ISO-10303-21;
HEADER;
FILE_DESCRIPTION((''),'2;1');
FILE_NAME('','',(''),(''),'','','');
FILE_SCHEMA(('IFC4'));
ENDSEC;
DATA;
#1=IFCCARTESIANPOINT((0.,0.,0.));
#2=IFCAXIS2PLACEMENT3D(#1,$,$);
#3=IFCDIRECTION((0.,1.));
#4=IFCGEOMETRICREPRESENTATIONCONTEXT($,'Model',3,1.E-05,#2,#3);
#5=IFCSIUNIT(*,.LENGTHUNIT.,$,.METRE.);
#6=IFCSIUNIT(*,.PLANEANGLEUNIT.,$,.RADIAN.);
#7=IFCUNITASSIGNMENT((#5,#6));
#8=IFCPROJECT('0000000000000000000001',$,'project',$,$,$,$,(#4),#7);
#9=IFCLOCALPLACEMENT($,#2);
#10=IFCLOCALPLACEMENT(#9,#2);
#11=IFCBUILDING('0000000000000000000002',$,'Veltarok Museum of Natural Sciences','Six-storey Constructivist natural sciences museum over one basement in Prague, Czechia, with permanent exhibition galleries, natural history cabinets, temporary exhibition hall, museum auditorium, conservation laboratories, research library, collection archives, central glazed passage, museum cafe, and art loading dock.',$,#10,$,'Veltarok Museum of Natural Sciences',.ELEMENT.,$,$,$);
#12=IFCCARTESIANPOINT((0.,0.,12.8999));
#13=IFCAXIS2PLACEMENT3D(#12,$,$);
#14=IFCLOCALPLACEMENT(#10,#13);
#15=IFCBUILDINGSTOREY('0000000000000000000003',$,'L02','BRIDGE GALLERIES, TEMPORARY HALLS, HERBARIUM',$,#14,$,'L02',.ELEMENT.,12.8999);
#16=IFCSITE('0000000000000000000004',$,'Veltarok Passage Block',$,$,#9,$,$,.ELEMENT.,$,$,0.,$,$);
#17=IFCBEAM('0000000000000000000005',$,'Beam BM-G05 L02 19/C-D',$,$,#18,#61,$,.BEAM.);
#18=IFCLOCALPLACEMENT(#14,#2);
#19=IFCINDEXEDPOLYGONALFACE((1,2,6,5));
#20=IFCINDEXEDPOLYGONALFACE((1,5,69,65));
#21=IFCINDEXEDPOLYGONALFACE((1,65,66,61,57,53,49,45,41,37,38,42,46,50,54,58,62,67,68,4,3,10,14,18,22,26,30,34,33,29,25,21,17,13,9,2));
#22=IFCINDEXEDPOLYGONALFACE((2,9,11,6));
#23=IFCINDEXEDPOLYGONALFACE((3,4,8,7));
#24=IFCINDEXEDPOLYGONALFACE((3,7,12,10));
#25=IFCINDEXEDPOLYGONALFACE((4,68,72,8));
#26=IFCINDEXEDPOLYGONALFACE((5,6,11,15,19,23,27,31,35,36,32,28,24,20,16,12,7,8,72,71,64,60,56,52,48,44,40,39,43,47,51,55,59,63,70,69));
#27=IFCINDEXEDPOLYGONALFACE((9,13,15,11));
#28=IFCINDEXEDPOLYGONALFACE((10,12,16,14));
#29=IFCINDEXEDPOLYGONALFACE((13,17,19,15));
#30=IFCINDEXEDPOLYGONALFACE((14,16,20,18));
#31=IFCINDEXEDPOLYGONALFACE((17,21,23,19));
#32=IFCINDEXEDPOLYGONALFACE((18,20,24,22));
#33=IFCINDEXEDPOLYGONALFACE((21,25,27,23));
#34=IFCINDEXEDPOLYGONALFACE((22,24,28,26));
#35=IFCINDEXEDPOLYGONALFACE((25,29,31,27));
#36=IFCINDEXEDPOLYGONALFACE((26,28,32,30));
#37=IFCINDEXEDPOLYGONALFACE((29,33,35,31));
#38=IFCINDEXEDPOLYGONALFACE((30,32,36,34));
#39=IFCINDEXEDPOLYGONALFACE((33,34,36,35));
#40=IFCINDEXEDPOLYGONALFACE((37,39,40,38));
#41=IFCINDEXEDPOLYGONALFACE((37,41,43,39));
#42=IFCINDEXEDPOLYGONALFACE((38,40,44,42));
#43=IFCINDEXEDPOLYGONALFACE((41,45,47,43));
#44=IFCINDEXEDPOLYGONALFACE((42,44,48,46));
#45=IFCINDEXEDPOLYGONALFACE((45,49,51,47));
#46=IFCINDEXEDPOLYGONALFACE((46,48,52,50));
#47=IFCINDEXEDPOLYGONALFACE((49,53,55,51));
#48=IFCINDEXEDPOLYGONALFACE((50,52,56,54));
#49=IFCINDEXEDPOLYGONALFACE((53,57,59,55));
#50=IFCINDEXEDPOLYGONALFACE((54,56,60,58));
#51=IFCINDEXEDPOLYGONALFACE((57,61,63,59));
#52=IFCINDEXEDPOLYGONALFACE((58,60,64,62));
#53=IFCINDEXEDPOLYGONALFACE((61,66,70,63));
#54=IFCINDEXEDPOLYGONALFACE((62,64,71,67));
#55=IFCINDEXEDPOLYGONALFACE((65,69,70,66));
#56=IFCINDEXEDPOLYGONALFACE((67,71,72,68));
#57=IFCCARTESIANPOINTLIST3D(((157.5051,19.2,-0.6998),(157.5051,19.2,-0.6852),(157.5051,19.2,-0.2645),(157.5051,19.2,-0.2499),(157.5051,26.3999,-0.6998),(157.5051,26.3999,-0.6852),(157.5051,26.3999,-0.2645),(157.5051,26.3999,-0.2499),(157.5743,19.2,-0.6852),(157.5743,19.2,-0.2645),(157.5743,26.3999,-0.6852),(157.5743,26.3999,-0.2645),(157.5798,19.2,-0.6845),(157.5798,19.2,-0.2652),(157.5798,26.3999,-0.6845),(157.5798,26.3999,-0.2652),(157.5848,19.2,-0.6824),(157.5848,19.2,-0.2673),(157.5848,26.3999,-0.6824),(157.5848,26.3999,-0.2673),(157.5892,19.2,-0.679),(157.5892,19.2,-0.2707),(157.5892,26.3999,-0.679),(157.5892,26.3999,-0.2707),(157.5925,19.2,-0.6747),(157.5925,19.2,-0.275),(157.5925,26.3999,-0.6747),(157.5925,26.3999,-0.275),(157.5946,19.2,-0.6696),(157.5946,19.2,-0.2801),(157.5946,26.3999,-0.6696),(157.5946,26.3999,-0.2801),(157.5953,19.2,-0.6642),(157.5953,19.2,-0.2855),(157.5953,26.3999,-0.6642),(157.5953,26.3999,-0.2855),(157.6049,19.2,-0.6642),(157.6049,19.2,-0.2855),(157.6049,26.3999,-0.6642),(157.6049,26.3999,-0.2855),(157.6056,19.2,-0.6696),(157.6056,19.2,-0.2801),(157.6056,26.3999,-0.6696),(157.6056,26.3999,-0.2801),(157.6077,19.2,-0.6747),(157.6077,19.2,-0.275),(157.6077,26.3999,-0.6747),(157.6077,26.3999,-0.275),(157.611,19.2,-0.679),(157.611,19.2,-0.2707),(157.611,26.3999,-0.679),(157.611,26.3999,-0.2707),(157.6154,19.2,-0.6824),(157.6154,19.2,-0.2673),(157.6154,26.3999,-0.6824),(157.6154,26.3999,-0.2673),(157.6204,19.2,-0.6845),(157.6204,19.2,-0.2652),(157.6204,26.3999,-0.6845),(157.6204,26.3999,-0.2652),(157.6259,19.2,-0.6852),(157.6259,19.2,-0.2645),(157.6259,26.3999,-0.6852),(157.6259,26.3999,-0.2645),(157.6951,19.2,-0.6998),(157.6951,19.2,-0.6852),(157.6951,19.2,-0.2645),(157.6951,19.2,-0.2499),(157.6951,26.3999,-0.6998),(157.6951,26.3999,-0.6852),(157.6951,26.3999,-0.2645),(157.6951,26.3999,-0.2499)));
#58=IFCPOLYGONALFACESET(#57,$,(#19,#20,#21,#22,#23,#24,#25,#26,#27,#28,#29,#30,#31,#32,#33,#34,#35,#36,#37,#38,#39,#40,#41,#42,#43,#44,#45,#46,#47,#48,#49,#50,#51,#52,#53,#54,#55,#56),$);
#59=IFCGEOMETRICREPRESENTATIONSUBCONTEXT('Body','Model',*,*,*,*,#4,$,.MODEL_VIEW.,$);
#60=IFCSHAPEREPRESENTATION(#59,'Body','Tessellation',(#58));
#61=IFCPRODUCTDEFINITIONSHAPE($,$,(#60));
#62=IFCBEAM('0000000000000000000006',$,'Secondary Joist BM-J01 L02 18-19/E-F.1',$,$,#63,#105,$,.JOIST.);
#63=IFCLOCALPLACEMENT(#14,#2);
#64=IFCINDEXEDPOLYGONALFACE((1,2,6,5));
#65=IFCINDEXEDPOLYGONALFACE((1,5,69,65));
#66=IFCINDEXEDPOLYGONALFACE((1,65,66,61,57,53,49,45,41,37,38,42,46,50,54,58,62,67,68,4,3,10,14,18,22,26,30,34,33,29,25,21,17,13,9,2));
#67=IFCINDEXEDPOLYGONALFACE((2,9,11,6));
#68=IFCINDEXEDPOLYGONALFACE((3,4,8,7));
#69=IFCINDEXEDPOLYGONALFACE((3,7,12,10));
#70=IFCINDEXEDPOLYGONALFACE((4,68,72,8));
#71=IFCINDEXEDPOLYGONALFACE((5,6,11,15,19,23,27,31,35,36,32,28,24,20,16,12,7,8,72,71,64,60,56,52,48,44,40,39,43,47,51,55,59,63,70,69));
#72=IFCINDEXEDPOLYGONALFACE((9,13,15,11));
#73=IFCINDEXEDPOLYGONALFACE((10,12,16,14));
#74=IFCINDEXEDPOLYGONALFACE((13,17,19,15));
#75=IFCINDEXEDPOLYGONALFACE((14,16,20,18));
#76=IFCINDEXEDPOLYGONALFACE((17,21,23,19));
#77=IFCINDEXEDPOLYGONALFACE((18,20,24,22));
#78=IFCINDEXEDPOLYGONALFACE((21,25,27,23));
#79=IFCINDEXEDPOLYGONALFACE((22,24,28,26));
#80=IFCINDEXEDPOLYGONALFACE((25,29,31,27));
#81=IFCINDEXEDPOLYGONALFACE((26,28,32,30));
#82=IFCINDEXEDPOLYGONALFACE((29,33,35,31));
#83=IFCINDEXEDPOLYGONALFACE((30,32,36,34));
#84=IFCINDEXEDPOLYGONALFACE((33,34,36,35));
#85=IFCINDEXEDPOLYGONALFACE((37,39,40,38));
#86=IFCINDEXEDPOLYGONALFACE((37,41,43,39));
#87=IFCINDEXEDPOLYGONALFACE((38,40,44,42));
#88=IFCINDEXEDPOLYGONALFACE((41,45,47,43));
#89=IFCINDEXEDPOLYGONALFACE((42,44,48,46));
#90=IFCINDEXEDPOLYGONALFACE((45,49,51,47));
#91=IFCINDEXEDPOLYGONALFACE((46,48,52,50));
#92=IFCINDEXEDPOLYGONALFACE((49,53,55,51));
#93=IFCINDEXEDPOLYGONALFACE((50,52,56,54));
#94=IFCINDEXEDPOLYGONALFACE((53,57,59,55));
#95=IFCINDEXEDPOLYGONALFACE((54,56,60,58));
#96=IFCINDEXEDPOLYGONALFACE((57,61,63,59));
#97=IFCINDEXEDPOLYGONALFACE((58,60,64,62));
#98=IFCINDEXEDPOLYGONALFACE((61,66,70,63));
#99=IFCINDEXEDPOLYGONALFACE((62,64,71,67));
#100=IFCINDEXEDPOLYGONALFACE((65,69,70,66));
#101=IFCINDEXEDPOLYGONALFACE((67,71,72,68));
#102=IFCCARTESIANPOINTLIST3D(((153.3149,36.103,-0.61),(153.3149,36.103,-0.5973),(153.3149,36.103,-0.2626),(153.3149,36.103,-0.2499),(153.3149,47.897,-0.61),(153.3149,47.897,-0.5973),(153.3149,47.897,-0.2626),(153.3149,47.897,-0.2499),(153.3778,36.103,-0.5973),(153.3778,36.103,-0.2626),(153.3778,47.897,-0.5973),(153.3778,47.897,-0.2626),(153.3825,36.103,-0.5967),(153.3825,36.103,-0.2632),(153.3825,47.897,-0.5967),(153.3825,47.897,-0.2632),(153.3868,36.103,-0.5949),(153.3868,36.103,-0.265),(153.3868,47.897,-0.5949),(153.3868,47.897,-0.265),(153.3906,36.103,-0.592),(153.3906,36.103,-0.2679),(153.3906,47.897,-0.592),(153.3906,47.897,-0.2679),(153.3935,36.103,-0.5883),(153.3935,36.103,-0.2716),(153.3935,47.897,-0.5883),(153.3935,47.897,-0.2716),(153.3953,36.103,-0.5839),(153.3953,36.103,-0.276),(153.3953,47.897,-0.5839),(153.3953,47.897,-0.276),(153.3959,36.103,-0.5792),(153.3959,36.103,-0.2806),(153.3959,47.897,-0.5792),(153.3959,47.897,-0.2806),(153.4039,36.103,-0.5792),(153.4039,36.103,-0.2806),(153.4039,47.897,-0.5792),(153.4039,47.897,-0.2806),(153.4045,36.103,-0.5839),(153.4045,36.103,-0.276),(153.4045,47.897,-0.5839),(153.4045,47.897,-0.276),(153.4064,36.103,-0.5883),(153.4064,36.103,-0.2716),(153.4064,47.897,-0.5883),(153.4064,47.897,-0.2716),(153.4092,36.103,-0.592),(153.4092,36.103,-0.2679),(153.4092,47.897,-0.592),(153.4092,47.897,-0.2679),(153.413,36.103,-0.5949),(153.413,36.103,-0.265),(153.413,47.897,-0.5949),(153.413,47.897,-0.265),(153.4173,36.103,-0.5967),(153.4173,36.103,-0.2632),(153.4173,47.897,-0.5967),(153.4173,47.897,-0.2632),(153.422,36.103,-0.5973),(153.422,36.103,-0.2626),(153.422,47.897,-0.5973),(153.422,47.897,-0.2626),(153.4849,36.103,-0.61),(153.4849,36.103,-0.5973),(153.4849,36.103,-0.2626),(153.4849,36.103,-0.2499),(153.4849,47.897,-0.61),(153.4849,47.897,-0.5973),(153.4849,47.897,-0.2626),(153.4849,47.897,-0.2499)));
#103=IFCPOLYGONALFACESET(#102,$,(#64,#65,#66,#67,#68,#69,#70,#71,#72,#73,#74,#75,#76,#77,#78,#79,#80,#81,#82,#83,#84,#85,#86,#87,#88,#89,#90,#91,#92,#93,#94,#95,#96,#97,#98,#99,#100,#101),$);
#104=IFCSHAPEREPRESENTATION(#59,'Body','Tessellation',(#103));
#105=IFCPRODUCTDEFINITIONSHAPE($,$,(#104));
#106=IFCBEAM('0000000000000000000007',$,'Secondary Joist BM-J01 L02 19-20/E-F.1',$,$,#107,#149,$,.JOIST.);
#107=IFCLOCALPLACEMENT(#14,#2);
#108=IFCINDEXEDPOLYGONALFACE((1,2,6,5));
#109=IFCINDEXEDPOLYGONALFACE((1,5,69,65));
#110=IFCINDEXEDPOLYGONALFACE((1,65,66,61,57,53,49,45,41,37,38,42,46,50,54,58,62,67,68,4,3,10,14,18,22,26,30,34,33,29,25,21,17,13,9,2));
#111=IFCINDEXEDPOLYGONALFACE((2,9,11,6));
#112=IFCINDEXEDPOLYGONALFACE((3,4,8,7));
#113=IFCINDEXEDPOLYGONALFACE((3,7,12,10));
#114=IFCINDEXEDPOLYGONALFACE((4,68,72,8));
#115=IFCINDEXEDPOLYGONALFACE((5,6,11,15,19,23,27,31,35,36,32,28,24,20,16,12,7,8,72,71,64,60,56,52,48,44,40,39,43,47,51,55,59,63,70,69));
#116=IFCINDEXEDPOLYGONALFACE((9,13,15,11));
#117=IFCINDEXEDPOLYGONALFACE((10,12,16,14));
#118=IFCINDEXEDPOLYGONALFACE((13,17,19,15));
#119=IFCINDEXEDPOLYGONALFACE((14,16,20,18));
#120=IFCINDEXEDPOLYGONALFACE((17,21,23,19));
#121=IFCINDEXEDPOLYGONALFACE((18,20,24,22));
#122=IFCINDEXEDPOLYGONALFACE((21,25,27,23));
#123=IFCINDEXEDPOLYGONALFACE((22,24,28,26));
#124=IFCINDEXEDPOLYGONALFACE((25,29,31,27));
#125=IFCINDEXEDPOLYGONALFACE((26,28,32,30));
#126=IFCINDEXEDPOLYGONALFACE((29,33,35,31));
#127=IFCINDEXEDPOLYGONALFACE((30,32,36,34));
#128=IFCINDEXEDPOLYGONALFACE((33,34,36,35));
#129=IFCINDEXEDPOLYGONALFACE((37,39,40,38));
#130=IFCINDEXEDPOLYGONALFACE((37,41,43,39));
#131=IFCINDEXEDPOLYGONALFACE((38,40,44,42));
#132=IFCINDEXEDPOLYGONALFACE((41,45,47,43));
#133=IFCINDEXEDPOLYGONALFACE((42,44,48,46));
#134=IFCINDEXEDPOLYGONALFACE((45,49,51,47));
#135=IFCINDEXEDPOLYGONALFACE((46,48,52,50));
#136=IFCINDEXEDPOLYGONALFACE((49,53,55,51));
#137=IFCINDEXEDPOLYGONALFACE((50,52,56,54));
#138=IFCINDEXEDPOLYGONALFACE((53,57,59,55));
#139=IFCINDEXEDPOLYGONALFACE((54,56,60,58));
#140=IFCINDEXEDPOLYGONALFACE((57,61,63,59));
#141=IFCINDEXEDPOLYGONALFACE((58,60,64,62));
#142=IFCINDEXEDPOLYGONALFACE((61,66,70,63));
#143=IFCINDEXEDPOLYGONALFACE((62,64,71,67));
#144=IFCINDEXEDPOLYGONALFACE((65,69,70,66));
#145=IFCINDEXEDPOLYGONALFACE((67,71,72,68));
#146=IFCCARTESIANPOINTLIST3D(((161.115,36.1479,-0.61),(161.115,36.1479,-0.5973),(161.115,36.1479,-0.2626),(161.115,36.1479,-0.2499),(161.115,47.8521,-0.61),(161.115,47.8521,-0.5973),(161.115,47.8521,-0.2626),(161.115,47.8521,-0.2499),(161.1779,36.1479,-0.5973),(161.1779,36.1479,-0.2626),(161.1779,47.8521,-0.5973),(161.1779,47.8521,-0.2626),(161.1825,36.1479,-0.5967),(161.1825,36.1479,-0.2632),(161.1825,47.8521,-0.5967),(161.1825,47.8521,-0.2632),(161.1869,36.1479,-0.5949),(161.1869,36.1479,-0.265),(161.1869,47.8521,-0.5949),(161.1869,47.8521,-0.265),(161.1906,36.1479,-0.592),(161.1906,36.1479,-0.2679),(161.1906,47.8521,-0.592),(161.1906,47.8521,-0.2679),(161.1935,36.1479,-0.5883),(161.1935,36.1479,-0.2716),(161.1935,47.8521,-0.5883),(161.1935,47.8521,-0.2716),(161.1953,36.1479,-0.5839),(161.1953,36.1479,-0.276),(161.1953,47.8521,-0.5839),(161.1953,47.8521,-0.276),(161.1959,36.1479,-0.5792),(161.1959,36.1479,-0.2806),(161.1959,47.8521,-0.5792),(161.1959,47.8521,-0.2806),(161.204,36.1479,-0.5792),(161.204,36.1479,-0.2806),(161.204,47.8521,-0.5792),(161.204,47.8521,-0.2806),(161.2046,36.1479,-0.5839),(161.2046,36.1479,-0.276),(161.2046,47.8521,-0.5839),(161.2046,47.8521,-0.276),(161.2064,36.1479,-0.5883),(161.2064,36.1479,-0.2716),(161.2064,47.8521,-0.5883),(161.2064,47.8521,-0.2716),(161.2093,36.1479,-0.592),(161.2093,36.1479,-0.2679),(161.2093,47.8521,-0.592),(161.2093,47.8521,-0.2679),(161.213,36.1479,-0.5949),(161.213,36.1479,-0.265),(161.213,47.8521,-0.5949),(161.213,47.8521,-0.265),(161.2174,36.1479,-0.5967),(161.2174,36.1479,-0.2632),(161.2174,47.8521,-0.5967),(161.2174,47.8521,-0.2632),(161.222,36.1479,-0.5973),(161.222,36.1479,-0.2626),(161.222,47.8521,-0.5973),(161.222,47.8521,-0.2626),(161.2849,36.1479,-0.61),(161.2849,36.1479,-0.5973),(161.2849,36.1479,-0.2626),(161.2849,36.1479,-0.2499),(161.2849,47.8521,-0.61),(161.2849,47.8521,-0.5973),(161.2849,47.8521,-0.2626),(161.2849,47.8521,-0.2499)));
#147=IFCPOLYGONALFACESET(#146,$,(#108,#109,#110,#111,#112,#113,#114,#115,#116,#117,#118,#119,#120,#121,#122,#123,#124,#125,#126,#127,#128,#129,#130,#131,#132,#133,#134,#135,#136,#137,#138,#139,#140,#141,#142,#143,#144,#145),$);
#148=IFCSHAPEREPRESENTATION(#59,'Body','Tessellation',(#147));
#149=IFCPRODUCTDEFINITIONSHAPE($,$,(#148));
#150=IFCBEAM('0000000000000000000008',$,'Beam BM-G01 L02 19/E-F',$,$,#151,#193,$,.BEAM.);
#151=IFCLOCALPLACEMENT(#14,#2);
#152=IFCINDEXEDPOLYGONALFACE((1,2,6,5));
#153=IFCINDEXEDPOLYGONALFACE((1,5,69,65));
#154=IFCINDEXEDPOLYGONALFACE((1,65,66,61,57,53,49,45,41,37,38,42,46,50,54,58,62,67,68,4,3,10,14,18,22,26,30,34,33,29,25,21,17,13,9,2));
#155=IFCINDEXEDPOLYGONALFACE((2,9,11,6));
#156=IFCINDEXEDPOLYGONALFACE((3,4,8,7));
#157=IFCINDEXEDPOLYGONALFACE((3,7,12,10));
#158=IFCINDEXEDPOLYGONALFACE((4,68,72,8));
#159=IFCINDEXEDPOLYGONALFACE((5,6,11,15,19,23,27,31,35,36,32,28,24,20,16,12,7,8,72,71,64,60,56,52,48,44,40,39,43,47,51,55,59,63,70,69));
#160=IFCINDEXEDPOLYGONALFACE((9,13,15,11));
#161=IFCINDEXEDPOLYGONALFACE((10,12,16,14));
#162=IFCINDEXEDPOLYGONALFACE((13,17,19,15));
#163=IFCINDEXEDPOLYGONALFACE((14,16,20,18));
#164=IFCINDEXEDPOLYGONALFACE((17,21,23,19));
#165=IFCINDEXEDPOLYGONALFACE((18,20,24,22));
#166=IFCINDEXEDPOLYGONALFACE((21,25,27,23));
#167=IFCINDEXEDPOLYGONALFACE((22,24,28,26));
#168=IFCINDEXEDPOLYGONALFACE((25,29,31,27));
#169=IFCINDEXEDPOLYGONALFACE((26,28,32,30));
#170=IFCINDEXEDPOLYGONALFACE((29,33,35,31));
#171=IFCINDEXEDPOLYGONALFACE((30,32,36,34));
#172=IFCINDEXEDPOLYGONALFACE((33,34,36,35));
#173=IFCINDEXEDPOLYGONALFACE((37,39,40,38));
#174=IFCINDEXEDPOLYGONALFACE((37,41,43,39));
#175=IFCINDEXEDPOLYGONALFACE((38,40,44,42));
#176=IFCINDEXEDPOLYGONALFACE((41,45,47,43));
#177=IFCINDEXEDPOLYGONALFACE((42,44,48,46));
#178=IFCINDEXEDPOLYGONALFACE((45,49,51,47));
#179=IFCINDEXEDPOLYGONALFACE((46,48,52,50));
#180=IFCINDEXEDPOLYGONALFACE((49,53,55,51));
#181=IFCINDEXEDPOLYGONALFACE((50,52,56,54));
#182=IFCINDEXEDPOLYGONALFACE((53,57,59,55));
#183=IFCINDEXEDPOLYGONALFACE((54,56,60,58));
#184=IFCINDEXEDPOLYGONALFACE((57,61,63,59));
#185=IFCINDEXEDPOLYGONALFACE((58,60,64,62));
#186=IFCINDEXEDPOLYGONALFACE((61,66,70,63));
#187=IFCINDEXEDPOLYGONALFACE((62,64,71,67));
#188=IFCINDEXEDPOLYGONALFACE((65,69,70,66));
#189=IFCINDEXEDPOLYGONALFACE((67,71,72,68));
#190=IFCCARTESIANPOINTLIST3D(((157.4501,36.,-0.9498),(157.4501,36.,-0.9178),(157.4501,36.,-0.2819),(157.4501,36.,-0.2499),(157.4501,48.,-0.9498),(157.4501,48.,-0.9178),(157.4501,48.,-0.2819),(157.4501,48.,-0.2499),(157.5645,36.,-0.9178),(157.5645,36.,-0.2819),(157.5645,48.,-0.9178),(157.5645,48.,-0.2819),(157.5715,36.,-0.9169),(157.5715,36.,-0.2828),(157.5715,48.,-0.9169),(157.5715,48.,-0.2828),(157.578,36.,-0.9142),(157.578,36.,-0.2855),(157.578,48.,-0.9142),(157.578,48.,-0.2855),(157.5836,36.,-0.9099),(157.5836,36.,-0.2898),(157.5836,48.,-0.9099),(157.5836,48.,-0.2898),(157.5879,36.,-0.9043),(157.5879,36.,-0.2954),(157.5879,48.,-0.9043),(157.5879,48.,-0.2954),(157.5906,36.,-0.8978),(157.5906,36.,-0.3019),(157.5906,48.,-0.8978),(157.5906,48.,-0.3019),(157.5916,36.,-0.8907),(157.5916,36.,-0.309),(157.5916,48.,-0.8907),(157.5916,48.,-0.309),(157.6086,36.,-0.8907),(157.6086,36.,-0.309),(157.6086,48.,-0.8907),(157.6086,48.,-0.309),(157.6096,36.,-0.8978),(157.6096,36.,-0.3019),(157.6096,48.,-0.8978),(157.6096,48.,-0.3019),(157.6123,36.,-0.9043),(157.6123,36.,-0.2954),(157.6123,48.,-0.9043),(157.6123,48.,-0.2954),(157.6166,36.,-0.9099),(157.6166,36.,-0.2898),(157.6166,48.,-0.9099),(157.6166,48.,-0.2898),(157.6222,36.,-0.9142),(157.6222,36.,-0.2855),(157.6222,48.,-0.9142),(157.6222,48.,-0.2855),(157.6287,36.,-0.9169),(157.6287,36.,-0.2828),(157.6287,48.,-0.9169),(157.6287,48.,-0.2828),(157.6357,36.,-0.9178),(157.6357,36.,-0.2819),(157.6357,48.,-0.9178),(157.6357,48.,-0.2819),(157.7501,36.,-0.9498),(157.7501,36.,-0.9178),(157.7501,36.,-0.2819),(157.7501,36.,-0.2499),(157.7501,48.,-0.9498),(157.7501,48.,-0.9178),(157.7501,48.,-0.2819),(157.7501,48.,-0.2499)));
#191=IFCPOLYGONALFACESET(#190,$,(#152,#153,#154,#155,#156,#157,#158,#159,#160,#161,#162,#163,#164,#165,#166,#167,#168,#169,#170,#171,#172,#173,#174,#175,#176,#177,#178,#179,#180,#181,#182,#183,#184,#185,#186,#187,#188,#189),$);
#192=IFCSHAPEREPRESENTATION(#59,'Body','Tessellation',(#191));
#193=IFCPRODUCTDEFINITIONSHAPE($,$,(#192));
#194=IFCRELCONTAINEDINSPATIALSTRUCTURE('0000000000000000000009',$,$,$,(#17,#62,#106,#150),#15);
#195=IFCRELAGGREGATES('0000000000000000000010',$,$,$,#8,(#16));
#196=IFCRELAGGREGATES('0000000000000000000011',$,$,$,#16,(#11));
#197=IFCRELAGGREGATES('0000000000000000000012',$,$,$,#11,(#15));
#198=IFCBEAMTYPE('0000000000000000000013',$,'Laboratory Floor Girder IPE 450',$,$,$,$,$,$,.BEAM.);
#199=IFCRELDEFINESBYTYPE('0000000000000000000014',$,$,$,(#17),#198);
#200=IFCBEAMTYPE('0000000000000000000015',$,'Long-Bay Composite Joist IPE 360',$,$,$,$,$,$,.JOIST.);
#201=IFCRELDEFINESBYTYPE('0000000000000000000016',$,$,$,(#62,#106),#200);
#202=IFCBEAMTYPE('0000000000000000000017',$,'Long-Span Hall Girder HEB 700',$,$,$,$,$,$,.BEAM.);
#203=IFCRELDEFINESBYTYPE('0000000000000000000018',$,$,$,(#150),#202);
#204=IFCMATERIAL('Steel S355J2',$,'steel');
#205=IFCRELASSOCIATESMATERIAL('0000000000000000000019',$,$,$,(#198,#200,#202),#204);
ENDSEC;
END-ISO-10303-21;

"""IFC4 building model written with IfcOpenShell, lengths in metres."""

from ifc_helpers import new_model, si_unit, direction, frame, origin, origin_2d, place, context, subcontext, project, spatial, i_section, extrude, material, material_profile, profile_set, type_object, element, save


model = new_model("IFC4")

# Units and contexts
model_context = context("Model", 3, precision=1e-05, world=origin(), true_north=direction((0.0, 1.0)))
body_context = subcontext(model_context, "Body", "Model", "MODEL_VIEW")
ifc_project = project(units=[si_unit("LENGTHUNIT", "METRE"), si_unit("PLANEANGLEUNIT", "RADIAN")], contexts=[model_context])

# Site, building, storey
site_placement = place(None, origin())
site = spatial("IfcSite", under=ifc_project, at=site_placement, Name="Veltarok Passage Block", CompositionType="ELEMENT", RefElevation=0.0)
building_placement = place(site_placement, origin())
building = spatial("IfcBuilding", under=site, at=building_placement, Name="Veltarok Museum of Natural Sciences", Description="Six-storey Constructivist natural sciences museum over one basement in Prague, Czechia, with permanent exhibition galleries, natural history cabinets, temporary exhibition hall, museum auditorium, conservation laboratories, research library, collection archives, central glazed passage, museum cafe, and art loading dock.", LongName="Veltarok Museum of Natural Sciences", CompositionType="ELEMENT")
storey_placement = place(building_placement, frame((0.0, 0.0, 12.8999)))
storey = spatial("IfcBuildingStorey", under=building, at=storey_placement, Name="L02", Description="BRIDGE GALLERIES, TEMPORARY HALLS, HERBARIUM", LongName="L02", CompositionType="ELEMENT", Elevation=12.8999)

# Beams
ifc_material_1 = material(Name="Steel S355J2", Category="steel")
ifc_material_profile_1 = material_profile(ifc_material_1, i_section(OverallWidth=0.1899, OverallDepth=0.45, WebThickness=0.0095, FlangeThickness=0.0146, FilletRadius=0.021, at=origin_2d()), Name="IPE 450")
ifc_profile_set_1 = profile_set([ifc_material_profile_1], Name="Steel S355J2")
beam_type_1 = type_object("IfcBeamType", Name="Laboratory Floor Girder IPE 450", PredefinedType="BEAM", material=ifc_profile_set_1)
beam_1_placement = place(storey_placement, frame((157.6001, 19.2, -0.4749), z_axis=(0.0, 1.0, 0.0), x_axis=(-1.0, 0.0, 0.0)))
element("IfcBeam", 1, at=beam_1_placement, inside=storey, type_object=beam_type_1, Name="Beam BM-G05 L02 19/C-D", PredefinedType="BEAM", context=body_context, shape_type="SweptSolid", body=[
    extrude(i_section(OverallWidth=0.1899, OverallDepth=0.45, WebThickness=0.0095, FlangeThickness=0.0146, FilletRadius=0.021, at=origin_2d()), origin(), (0.0, 0.0, 1.0), 7.2),
])
ifc_material_profile_2 = material_profile(ifc_material_1, i_section(OverallWidth=0.1699, OverallDepth=0.3601, WebThickness=0.0081, FlangeThickness=0.0127, FilletRadius=0.0181, at=origin_2d()), Name="IPE 360")
ifc_profile_set_2 = profile_set([ifc_material_profile_2], Name="Steel S355J2")
beam_type_2 = type_object("IfcBeamType", Name="Long-Bay Composite Joist IPE 360", PredefinedType="JOIST", material=ifc_profile_set_2)
beam_2_placement = place(storey_placement, frame((153.3999, 36.103, -0.4299), z_axis=(0.0, 1.0, 0.0), x_axis=(-1.0, 0.0, 0.0)))
element("IfcBeam", 2, at=beam_2_placement, inside=storey, type_object=beam_type_2, Name="Secondary Joist BM-J01 L02 18-19/E-F.1", PredefinedType="JOIST", context=body_context, shape_type="SweptSolid", body=[
    extrude(i_section(OverallWidth=0.1699, OverallDepth=0.3601, WebThickness=0.0081, FlangeThickness=0.0127, FilletRadius=0.0181, at=origin_2d()), origin(), (0.0, 0.0, 1.0), 11.7939),
])
beam_3_placement = place(storey_placement, frame((161.2, 36.1479, -0.4299), z_axis=(0.0, 1.0, 0.0), x_axis=(-1.0, 0.0, 0.0)))
element("IfcBeam", 3, at=beam_3_placement, inside=storey, type_object=beam_type_2, Name="Secondary Joist BM-J01 L02 19-20/E-F.1", PredefinedType="JOIST", context=body_context, shape_type="SweptSolid", body=[
    extrude(i_section(OverallWidth=0.1699, OverallDepth=0.3601, WebThickness=0.0081, FlangeThickness=0.0127, FilletRadius=0.0181, at=origin_2d()), origin(), (0.0, 0.0, 1.0), 11.7041),
])
ifc_material_profile_3 = material_profile(ifc_material_1, i_section(OverallWidth=0.3, OverallDepth=0.7, WebThickness=0.0171, FlangeThickness=0.032, FilletRadius=0.0271, at=origin_2d()), Name="HEB 700")
ifc_profile_set_3 = profile_set([ifc_material_profile_3], Name="Steel S355J2")
beam_type_3 = type_object("IfcBeamType", Name="Long-Span Hall Girder HEB 700", PredefinedType="BEAM", material=ifc_profile_set_3)
beam_4_placement = place(storey_placement, frame((157.6001, 36.0, -0.5999), z_axis=(0.0, 1.0, 0.0), x_axis=(-1.0, 0.0, 0.0)))
element("IfcBeam", 4, at=beam_4_placement, inside=storey, type_object=beam_type_3, Name="Beam BM-G01 L02 19/E-F", PredefinedType="BEAM", context=body_context, shape_type="SweptSolid", body=[
    extrude(i_section(OverallWidth=0.3, OverallDepth=0.7, WebThickness=0.0171, FlangeThickness=0.032, FilletRadius=0.0271, at=origin_2d()), origin(), (0.0, 0.0, 1.0), 12.0),
])

save(model, "model.ifc")
